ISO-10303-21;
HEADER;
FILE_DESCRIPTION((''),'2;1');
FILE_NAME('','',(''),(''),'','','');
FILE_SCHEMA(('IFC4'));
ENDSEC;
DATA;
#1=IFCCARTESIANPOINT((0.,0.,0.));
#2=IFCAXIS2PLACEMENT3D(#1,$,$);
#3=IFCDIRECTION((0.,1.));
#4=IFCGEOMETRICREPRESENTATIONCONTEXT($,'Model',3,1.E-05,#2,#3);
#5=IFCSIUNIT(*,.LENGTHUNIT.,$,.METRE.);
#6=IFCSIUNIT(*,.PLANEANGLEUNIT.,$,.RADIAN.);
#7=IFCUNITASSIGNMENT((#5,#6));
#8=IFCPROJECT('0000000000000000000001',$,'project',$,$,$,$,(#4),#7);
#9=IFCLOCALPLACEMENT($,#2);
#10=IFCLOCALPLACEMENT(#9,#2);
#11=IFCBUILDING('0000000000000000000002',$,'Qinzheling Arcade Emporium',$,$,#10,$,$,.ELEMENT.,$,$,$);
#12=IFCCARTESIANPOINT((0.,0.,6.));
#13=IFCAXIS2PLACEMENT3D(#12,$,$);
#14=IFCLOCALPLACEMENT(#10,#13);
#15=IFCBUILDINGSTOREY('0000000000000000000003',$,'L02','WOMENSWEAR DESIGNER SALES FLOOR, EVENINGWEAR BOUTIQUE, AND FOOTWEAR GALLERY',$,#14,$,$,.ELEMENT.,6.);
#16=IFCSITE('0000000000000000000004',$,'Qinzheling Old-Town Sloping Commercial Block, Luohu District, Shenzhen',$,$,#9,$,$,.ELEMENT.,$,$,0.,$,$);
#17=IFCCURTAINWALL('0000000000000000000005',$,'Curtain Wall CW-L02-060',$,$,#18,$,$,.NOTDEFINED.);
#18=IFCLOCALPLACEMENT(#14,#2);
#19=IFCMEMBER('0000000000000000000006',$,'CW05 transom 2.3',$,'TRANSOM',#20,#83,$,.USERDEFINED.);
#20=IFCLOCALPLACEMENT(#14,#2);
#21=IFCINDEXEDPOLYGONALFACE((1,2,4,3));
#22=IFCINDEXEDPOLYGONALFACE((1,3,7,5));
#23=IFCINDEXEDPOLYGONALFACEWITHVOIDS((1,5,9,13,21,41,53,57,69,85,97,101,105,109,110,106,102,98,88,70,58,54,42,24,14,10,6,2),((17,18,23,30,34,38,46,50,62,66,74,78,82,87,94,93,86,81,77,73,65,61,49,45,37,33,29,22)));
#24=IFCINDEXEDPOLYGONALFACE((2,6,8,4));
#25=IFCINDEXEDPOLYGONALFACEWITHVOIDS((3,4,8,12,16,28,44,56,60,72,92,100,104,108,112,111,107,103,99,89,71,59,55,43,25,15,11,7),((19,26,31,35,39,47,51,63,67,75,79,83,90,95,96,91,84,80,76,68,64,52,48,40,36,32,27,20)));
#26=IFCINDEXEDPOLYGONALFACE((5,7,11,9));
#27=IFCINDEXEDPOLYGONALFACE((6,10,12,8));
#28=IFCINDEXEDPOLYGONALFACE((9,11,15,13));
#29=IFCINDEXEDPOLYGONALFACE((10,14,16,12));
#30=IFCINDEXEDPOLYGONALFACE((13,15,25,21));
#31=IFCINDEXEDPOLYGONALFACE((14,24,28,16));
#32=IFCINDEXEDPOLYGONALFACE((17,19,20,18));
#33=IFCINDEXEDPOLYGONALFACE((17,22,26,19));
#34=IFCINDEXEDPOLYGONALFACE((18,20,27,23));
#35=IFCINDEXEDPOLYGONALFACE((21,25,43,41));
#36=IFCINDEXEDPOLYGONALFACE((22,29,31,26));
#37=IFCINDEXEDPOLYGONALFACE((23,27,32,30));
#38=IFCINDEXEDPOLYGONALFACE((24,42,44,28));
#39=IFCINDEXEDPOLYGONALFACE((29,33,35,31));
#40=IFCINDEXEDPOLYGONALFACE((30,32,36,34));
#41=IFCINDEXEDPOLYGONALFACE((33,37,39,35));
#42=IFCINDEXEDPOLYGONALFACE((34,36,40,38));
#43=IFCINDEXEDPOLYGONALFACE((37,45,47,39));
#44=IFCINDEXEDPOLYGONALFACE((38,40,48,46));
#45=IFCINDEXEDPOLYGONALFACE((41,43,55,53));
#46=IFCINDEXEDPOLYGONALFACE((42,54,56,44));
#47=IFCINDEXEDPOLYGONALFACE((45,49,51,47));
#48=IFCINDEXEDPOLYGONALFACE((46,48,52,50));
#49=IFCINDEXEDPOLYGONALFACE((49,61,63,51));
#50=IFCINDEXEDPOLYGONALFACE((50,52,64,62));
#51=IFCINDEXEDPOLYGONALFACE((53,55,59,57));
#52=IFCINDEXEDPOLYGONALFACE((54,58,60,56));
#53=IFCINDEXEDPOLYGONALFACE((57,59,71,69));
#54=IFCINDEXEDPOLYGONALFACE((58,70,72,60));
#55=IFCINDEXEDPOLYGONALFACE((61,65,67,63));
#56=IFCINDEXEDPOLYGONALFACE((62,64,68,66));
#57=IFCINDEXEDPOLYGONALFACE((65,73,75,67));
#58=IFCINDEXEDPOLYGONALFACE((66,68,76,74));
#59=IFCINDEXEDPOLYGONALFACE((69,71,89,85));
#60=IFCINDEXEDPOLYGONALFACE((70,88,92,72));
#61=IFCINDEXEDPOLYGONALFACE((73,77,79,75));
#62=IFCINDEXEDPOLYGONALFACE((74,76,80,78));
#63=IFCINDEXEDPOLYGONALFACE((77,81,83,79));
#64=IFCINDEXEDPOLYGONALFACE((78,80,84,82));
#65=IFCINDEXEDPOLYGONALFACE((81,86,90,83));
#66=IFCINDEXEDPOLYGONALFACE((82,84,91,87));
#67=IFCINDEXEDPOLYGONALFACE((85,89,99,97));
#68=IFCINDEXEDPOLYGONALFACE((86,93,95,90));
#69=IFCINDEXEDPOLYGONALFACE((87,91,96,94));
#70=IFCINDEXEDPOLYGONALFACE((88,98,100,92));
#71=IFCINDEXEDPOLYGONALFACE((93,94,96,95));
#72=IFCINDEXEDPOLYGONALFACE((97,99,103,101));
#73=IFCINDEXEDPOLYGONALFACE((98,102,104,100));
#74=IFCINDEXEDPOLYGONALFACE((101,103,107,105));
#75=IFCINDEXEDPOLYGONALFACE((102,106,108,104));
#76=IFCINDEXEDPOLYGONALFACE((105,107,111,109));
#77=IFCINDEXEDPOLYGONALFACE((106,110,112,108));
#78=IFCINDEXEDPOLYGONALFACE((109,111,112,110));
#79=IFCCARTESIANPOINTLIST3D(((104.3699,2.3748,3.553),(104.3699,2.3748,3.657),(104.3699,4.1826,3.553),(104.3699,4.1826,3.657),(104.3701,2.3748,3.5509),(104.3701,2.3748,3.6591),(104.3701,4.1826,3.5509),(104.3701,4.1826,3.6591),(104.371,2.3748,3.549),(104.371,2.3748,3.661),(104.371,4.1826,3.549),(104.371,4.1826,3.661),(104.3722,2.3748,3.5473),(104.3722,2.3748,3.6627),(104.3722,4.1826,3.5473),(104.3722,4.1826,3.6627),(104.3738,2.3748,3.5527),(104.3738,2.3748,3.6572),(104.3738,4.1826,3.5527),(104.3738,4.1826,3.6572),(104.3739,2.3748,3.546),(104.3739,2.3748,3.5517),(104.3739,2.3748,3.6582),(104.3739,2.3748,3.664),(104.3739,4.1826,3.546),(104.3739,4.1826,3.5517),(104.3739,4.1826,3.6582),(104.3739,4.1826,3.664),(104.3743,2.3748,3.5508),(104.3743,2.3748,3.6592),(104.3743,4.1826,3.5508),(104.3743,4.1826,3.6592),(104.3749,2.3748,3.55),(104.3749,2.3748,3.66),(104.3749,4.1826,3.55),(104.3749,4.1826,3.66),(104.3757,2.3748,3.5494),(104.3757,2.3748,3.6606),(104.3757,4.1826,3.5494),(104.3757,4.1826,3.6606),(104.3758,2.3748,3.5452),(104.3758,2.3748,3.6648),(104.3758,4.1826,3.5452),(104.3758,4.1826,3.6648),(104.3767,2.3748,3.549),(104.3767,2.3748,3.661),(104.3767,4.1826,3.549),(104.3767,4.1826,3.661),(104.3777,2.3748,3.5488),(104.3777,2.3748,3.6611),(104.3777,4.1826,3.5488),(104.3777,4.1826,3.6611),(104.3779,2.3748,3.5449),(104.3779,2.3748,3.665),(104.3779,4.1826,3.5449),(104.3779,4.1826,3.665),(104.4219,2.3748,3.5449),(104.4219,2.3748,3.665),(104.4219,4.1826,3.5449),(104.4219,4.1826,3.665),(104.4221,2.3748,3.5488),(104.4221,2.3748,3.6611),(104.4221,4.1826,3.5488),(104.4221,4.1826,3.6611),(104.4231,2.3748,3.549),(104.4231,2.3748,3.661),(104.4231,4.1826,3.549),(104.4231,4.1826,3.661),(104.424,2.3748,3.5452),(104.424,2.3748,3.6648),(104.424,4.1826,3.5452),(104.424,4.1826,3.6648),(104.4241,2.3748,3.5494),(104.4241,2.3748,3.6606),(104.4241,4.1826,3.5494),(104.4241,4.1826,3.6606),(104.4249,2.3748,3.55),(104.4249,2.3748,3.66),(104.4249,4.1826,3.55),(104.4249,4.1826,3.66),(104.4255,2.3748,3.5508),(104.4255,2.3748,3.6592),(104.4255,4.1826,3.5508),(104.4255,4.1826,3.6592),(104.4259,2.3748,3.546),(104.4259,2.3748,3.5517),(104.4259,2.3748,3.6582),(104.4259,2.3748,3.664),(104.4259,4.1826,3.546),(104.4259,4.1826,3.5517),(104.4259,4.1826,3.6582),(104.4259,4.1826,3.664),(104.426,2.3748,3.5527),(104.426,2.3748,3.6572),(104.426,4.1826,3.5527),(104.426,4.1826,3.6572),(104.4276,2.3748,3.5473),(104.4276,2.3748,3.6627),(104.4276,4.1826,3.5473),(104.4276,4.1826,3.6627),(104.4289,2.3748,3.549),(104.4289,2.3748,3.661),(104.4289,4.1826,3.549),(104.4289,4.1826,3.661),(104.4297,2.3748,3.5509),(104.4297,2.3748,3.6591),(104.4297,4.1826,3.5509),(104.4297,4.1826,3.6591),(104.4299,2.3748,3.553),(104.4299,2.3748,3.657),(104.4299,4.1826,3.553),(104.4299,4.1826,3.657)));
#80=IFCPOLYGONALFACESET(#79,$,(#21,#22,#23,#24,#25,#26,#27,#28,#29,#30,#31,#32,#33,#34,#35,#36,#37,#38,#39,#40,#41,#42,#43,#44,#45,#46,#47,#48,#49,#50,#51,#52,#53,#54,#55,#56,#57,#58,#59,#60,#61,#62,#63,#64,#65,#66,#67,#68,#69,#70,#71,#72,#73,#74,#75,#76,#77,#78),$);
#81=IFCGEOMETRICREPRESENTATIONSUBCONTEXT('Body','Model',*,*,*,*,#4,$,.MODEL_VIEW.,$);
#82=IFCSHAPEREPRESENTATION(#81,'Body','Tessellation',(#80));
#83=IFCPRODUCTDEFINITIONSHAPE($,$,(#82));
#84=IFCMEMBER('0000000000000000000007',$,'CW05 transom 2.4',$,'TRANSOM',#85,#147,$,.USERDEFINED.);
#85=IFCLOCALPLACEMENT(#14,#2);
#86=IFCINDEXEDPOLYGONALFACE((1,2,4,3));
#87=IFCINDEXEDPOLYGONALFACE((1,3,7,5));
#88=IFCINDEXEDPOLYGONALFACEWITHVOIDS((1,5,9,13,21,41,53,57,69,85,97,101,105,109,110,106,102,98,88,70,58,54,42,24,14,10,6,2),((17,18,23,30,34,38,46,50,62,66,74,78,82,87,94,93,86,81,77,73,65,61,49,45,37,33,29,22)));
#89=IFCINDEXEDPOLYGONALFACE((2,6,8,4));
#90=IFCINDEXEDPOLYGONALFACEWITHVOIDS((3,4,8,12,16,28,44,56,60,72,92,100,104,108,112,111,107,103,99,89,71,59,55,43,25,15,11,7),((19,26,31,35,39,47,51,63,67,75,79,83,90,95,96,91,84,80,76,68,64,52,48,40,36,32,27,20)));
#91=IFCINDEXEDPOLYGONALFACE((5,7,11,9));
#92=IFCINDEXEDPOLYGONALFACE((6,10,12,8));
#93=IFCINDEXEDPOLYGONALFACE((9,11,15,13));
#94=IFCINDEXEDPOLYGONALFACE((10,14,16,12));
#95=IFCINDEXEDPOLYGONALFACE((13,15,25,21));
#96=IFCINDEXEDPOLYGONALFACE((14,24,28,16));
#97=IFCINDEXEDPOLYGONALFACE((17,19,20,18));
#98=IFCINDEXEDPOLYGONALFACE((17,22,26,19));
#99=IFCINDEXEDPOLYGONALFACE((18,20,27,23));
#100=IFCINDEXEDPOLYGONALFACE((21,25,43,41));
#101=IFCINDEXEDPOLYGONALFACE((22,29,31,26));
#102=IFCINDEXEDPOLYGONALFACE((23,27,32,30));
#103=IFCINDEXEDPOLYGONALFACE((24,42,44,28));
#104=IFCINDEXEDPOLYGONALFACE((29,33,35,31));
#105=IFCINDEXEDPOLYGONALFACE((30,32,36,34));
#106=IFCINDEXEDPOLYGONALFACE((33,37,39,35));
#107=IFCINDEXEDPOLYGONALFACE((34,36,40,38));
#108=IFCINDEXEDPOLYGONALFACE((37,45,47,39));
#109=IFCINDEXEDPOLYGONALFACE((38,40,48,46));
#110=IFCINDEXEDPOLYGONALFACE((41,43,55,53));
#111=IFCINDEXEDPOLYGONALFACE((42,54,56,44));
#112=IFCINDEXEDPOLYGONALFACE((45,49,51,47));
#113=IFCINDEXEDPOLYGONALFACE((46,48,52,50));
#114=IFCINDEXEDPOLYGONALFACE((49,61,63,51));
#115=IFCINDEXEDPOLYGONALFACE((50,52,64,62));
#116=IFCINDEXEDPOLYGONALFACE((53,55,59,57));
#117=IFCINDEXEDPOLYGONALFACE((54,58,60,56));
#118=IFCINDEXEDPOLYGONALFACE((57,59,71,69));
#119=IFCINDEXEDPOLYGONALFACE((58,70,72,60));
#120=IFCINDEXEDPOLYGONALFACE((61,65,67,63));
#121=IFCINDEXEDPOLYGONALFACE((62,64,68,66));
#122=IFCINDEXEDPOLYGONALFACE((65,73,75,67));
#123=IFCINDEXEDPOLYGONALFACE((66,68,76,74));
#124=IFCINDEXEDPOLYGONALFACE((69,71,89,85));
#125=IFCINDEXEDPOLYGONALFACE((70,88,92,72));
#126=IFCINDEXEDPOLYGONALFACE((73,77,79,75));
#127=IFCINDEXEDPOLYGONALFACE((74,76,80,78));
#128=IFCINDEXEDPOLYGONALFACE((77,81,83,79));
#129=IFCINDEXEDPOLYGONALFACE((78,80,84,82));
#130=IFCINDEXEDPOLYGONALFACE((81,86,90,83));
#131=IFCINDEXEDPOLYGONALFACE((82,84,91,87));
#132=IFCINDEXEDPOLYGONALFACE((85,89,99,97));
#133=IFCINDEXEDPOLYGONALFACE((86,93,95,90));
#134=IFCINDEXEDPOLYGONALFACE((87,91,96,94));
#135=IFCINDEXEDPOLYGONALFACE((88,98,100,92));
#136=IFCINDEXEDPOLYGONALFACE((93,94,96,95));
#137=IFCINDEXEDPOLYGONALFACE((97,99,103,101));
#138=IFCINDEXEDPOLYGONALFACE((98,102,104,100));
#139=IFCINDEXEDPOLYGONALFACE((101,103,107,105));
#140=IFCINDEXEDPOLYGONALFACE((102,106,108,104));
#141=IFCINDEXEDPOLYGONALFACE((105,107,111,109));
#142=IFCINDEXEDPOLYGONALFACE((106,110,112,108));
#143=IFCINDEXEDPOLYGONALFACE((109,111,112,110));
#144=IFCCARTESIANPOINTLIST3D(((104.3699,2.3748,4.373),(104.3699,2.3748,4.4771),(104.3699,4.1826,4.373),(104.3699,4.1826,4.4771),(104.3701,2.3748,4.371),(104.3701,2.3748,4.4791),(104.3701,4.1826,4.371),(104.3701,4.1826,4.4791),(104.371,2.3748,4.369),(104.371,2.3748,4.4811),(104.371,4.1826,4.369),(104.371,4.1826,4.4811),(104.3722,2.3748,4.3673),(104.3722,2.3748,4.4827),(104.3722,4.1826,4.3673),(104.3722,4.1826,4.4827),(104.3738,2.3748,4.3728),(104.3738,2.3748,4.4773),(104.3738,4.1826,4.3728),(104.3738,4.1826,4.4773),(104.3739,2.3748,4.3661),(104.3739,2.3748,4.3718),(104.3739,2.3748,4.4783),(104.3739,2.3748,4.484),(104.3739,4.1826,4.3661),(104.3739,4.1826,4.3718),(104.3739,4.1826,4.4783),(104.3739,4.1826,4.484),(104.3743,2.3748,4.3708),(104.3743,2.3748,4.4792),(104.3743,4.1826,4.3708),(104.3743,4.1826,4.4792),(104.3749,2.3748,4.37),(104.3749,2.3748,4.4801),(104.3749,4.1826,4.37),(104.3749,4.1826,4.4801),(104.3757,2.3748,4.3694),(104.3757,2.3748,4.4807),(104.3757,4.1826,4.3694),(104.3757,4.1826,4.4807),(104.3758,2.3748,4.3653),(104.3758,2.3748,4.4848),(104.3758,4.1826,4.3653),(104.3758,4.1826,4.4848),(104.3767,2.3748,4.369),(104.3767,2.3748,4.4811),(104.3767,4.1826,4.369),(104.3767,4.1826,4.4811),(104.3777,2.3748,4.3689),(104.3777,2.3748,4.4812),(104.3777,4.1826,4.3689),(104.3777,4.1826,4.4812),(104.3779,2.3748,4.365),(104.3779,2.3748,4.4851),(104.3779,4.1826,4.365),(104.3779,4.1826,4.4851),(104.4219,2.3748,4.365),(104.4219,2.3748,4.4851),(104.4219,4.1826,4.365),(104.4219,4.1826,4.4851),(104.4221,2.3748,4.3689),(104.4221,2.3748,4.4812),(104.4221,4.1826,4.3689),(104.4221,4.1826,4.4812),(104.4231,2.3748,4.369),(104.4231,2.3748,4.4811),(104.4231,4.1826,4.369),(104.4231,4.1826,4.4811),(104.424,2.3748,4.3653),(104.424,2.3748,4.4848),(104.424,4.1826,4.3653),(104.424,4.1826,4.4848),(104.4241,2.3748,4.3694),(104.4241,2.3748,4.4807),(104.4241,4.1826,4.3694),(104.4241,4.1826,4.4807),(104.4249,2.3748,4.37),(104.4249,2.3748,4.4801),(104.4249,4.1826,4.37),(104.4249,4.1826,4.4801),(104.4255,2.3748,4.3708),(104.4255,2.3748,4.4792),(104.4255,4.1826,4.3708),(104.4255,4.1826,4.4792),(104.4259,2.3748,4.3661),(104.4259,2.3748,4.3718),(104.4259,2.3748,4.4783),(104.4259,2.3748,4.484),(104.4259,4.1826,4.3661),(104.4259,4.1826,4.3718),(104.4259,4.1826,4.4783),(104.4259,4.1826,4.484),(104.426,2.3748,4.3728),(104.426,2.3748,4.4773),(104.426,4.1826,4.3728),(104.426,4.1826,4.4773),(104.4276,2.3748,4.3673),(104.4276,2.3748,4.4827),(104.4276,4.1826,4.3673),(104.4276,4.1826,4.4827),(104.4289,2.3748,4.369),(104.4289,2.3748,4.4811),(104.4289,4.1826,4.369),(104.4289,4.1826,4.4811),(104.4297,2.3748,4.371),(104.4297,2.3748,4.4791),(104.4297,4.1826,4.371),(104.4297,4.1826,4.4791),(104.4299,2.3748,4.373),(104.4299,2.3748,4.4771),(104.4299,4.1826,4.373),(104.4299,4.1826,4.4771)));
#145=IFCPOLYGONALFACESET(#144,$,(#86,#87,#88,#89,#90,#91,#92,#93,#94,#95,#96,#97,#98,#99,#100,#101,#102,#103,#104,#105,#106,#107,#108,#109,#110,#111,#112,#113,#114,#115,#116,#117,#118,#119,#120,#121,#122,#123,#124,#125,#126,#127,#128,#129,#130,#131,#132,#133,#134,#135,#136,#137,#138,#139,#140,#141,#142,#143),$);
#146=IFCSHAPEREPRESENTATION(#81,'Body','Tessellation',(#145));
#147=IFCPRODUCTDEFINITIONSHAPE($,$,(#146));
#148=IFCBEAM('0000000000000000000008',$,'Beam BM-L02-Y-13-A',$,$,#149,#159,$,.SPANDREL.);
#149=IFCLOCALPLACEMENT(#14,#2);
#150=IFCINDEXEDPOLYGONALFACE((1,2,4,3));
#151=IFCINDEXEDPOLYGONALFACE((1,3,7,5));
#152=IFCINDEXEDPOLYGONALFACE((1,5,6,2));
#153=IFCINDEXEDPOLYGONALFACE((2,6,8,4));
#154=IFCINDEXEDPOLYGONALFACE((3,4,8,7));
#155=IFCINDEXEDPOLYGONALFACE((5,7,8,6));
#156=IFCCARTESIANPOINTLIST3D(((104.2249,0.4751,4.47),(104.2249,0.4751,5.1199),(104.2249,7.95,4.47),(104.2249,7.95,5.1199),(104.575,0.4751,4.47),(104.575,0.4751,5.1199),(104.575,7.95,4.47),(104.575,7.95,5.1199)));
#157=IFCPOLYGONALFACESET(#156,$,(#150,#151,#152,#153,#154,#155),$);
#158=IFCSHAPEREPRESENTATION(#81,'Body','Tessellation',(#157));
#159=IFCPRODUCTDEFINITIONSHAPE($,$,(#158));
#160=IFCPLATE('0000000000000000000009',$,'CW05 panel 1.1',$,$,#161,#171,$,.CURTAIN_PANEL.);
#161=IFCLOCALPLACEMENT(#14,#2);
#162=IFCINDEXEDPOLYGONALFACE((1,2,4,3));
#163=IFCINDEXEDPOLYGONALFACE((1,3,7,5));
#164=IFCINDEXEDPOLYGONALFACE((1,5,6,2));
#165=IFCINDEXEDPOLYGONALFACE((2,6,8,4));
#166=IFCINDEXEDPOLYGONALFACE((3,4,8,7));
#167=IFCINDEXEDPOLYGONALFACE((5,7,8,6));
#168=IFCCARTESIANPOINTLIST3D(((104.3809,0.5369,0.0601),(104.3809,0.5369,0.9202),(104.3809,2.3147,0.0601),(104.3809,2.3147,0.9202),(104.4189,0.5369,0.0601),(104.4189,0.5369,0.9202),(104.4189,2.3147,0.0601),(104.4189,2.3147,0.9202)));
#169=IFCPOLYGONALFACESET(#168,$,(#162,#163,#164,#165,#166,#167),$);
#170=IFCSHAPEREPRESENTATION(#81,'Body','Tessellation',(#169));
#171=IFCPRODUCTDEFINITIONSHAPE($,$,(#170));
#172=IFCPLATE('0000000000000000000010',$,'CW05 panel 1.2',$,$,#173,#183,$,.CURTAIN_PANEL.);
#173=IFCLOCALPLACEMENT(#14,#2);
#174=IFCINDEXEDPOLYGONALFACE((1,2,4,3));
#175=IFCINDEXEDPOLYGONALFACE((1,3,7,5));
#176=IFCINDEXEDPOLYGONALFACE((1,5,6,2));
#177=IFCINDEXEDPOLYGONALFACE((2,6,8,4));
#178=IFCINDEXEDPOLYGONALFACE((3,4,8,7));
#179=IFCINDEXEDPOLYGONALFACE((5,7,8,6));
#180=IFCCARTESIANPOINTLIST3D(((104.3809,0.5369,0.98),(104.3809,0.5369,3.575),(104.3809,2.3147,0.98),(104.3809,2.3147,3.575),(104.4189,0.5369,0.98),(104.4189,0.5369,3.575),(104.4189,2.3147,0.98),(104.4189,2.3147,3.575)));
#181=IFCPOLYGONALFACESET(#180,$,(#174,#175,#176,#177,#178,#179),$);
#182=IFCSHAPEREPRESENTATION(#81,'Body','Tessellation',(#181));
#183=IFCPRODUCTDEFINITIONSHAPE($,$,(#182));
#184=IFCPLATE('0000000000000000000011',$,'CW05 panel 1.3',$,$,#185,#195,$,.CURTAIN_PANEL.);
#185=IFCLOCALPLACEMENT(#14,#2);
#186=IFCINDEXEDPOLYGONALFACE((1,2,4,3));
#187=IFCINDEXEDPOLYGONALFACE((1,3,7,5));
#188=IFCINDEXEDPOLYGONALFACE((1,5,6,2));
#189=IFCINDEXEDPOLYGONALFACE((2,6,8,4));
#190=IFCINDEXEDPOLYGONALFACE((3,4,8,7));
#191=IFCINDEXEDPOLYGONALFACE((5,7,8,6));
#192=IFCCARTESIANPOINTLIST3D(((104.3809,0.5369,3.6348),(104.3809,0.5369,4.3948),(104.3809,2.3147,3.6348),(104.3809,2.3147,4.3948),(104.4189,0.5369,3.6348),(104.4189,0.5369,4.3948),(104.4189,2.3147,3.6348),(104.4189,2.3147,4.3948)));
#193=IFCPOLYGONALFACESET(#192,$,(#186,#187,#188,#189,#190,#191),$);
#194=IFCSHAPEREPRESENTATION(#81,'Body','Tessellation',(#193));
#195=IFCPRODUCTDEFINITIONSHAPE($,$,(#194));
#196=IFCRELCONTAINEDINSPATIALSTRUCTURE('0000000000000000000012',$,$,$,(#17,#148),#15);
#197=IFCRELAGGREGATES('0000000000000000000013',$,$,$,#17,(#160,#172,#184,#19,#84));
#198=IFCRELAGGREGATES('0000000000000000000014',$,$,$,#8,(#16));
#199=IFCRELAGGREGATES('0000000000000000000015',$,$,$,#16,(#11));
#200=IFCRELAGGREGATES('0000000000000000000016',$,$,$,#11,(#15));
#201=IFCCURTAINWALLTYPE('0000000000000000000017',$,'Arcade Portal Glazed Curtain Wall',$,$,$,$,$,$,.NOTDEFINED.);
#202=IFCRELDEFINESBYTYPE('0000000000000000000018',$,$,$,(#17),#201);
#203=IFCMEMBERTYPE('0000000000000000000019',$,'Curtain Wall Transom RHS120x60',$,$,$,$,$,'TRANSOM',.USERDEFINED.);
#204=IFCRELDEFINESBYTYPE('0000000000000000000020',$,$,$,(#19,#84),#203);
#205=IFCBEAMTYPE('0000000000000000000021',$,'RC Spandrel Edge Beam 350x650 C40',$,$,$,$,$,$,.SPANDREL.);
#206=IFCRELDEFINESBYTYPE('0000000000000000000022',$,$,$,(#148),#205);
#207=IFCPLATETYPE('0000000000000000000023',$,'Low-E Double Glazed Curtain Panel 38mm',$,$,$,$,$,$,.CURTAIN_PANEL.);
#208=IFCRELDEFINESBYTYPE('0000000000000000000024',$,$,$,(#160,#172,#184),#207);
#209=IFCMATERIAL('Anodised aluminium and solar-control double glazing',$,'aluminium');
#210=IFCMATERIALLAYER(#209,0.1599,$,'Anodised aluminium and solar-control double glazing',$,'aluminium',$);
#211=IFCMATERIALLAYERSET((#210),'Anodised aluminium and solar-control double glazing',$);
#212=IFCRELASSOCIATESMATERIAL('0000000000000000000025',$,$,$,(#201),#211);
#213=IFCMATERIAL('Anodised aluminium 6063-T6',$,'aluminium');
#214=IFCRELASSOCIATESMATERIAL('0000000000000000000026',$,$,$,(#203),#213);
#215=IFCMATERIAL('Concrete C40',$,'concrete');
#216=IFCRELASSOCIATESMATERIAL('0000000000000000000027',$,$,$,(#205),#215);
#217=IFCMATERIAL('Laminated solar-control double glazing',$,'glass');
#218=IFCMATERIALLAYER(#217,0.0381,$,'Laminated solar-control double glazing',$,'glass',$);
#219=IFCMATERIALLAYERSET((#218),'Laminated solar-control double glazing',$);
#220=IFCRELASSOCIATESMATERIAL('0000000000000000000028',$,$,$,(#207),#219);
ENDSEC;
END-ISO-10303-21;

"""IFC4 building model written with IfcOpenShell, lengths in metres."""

from ifc_helpers import new_model, si_unit, direction, frame, origin, origin_2d, place, context, subcontext, project, spatial, rectangle, hollow_rectangle, extrude, material, layer, layer_set, material_profile, profile_set, type_object, element, aggregate, save


model = new_model("IFC4")

# Units and contexts
model_context = context("Model", 3, precision=1e-05, world=origin(), true_north=direction((0.0, 1.0)))
body_context = subcontext(model_context, "Body", "Model", "MODEL_VIEW")
ifc_project = project(units=[si_unit("LENGTHUNIT", "METRE"), si_unit("PLANEANGLEUNIT", "RADIAN")], contexts=[model_context])

# Site, building, storey
site_placement = place(None, origin())
site = spatial("IfcSite", under=ifc_project, at=site_placement, Name="Qinzheling Old-Town Sloping Commercial Block, Luohu District, Shenzhen", CompositionType="ELEMENT", RefElevation=0.0)
building_placement = place(site_placement, origin())
building = spatial("IfcBuilding", under=site, at=building_placement, Name="Qinzheling Arcade Emporium", CompositionType="ELEMENT")
storey_placement = place(building_placement, frame((0.0, 0.0, 6.0)))
storey = spatial("IfcBuildingStorey", under=building, at=storey_placement, Name="L02", Description="WOMENSWEAR DESIGNER SALES FLOOR, EVENINGWEAR BOUTIQUE, AND FOOTWEAR GALLERY", CompositionType="ELEMENT", Elevation=6.0)

# Curtain wall, members
ifc_material_1 = material(Name="Anodised aluminium and solar-control double glazing", Category="aluminium")
ifc_layer_1 = layer(ifc_material_1, 0.1599, Name="Anodised aluminium and solar-control double glazing", Category="aluminium")
ifc_layer_set_1 = layer_set([ifc_layer_1], Name="Anodised aluminium and solar-control double glazing")
curtain_wall_type = type_object("IfcCurtainWallType", Name="Arcade Portal Glazed Curtain Wall", PredefinedType="NOTDEFINED", material=ifc_layer_set_1)
curtain_wall_placement = place(storey_placement, origin())
curtain_wall = element("IfcCurtainWall", 1, at=curtain_wall_placement, inside=storey, type_object=curtain_wall_type, Name="Curtain Wall CW-L02-060", PredefinedType="NOTDEFINED")
ifc_material_2 = material(Name="Anodised aluminium 6063-T6", Category="aluminium")
ifc_material_profile_1 = material_profile(ifc_material_2, hollow_rectangle(XDim=0.0601, YDim=0.1201, WallThickness=0.0039, InnerFilletRadius=0.0039, OuterFilletRadius=0.0081, at=origin_2d()), Name="RHS 120x60x4", Category="aluminium")
ifc_profile_set_1 = profile_set([ifc_material_profile_1], Name="Anodised aluminium 6063-T6")
member_type_1 = type_object("IfcMemberType", Name="Curtain Wall Transom RHS120x60", ElementType="TRANSOM", PredefinedType="USERDEFINED", material=ifc_profile_set_1)
member_1_placement = place(storey_placement, frame((104.3999, 2.3748, 3.605), z_axis=(0.0, 1.0, 0.0), x_axis=(-1.0, 0.0, 0.0)))
member_1 = element("IfcMember", 2, at=member_1_placement, type_object=member_type_1, Name="CW05 transom 2.3", ObjectType="TRANSOM", PredefinedType="USERDEFINED", context=body_context, shape_type="SweptSolid", body=[
    extrude(hollow_rectangle(XDim=0.0601, YDim=0.1201, WallThickness=0.0039, InnerFilletRadius=0.0039, OuterFilletRadius=0.0081, at=origin_2d()), origin(), (0.0, 0.0, 1.0), 1.8079),
])
member_2_placement = place(storey_placement, frame((104.3999, 2.3748, 4.425), z_axis=(0.0, 1.0, 0.0), x_axis=(-1.0, 0.0, 0.0)))
member_2 = element("IfcMember", 3, at=member_2_placement, type_object=member_type_1, Name="CW05 transom 2.4", ObjectType="TRANSOM", PredefinedType="USERDEFINED", context=body_context, shape_type="SweptSolid", body=[
    extrude(hollow_rectangle(XDim=0.0601, YDim=0.1201, WallThickness=0.0039, InnerFilletRadius=0.0039, OuterFilletRadius=0.0081, at=origin_2d()), origin(), (0.0, 0.0, 1.0), 1.8079),
])

# Beam
ifc_material_3 = material(Name="Concrete C40", Category="concrete")
ifc_material_profile_2 = material_profile(ifc_material_3, rectangle(XDim=0.3501, YDim=0.6499, at=origin_2d()), Name="RC 350x650", Category="concrete")
ifc_profile_set_2 = profile_set([ifc_material_profile_2], Name="Concrete C40")
beam_type_1 = type_object("IfcBeamType", Name="RC Spandrel Edge Beam 350x650 C40", PredefinedType="SPANDREL", material=ifc_profile_set_2)
beam_1_placement = place(storey_placement, frame((104.3999, 0.4751, 4.7949), z_axis=(0.0, 1.0, 0.0), x_axis=(-1.0, 0.0, 0.0)))
element("IfcBeam", 4, at=beam_1_placement, inside=storey, type_object=beam_type_1, Name="Beam BM-L02-Y-13-A", PredefinedType="SPANDREL", context=body_context, shape_type="SweptSolid", body=[
    extrude(rectangle(XDim=0.3501, YDim=0.6499, at=origin_2d()), origin(), (0.0, 0.0, 1.0), 7.4749),
])

# Plates
ifc_material_4 = material(Name="Laminated solar-control double glazing", Category="glass")
ifc_layer_2 = layer(ifc_material_4, 0.0381, Name="Laminated solar-control double glazing", Category="glass")
ifc_layer_set_2 = layer_set([ifc_layer_2], Name="Laminated solar-control double glazing")
plate_type = type_object("IfcPlateType", Name="Low-E Double Glazed Curtain Panel 38mm", PredefinedType="CURTAIN_PANEL", material=ifc_layer_set_2)
plate_1_placement = place(storey_placement, frame((104.3999, 1.4258, 0.0601), z_axis=(0.0, 0.0, 1.0), x_axis=(0.0, 1.0, 0.0)))
plate_1 = element("IfcPlate", 5, at=plate_1_placement, type_object=plate_type, Name="CW05 panel 1.1", PredefinedType="CURTAIN_PANEL", context=body_context, shape_type="SweptSolid", body=[
    extrude(rectangle(XDim=1.7778, YDim=0.0381, at=origin_2d()), origin(), (0.0, 0.0, 1.0), 0.8601),
])
plate_2_placement = place(storey_placement, frame((104.3999, 1.4258, 0.98), z_axis=(0.0, 0.0, 1.0), x_axis=(0.0, 1.0, 0.0)))
plate_2 = element("IfcPlate", 6, at=plate_2_placement, type_object=plate_type, Name="CW05 panel 1.2", PredefinedType="CURTAIN_PANEL", context=body_context, shape_type="SweptSolid", body=[
    extrude(rectangle(XDim=1.7778, YDim=0.0381, at=origin_2d()), origin(), (0.0, 0.0, 1.0), 2.595),
])
plate_3_placement = place(storey_placement, frame((104.3999, 1.4258, 3.6348), z_axis=(0.0, 0.0, 1.0), x_axis=(0.0, 1.0, 0.0)))
plate_3 = element("IfcPlate", 7, at=plate_3_placement, type_object=plate_type, Name="CW05 panel 1.3", PredefinedType="CURTAIN_PANEL", context=body_context, shape_type="SweptSolid", body=[
    extrude(rectangle(XDim=1.7778, YDim=0.0381, at=origin_2d()), origin(), (0.0, 0.0, 1.0), 0.76),
])
aggregate(curtain_wall, [plate_1, plate_2, plate_3, member_1, member_2])

save(model, "model.ifc")
